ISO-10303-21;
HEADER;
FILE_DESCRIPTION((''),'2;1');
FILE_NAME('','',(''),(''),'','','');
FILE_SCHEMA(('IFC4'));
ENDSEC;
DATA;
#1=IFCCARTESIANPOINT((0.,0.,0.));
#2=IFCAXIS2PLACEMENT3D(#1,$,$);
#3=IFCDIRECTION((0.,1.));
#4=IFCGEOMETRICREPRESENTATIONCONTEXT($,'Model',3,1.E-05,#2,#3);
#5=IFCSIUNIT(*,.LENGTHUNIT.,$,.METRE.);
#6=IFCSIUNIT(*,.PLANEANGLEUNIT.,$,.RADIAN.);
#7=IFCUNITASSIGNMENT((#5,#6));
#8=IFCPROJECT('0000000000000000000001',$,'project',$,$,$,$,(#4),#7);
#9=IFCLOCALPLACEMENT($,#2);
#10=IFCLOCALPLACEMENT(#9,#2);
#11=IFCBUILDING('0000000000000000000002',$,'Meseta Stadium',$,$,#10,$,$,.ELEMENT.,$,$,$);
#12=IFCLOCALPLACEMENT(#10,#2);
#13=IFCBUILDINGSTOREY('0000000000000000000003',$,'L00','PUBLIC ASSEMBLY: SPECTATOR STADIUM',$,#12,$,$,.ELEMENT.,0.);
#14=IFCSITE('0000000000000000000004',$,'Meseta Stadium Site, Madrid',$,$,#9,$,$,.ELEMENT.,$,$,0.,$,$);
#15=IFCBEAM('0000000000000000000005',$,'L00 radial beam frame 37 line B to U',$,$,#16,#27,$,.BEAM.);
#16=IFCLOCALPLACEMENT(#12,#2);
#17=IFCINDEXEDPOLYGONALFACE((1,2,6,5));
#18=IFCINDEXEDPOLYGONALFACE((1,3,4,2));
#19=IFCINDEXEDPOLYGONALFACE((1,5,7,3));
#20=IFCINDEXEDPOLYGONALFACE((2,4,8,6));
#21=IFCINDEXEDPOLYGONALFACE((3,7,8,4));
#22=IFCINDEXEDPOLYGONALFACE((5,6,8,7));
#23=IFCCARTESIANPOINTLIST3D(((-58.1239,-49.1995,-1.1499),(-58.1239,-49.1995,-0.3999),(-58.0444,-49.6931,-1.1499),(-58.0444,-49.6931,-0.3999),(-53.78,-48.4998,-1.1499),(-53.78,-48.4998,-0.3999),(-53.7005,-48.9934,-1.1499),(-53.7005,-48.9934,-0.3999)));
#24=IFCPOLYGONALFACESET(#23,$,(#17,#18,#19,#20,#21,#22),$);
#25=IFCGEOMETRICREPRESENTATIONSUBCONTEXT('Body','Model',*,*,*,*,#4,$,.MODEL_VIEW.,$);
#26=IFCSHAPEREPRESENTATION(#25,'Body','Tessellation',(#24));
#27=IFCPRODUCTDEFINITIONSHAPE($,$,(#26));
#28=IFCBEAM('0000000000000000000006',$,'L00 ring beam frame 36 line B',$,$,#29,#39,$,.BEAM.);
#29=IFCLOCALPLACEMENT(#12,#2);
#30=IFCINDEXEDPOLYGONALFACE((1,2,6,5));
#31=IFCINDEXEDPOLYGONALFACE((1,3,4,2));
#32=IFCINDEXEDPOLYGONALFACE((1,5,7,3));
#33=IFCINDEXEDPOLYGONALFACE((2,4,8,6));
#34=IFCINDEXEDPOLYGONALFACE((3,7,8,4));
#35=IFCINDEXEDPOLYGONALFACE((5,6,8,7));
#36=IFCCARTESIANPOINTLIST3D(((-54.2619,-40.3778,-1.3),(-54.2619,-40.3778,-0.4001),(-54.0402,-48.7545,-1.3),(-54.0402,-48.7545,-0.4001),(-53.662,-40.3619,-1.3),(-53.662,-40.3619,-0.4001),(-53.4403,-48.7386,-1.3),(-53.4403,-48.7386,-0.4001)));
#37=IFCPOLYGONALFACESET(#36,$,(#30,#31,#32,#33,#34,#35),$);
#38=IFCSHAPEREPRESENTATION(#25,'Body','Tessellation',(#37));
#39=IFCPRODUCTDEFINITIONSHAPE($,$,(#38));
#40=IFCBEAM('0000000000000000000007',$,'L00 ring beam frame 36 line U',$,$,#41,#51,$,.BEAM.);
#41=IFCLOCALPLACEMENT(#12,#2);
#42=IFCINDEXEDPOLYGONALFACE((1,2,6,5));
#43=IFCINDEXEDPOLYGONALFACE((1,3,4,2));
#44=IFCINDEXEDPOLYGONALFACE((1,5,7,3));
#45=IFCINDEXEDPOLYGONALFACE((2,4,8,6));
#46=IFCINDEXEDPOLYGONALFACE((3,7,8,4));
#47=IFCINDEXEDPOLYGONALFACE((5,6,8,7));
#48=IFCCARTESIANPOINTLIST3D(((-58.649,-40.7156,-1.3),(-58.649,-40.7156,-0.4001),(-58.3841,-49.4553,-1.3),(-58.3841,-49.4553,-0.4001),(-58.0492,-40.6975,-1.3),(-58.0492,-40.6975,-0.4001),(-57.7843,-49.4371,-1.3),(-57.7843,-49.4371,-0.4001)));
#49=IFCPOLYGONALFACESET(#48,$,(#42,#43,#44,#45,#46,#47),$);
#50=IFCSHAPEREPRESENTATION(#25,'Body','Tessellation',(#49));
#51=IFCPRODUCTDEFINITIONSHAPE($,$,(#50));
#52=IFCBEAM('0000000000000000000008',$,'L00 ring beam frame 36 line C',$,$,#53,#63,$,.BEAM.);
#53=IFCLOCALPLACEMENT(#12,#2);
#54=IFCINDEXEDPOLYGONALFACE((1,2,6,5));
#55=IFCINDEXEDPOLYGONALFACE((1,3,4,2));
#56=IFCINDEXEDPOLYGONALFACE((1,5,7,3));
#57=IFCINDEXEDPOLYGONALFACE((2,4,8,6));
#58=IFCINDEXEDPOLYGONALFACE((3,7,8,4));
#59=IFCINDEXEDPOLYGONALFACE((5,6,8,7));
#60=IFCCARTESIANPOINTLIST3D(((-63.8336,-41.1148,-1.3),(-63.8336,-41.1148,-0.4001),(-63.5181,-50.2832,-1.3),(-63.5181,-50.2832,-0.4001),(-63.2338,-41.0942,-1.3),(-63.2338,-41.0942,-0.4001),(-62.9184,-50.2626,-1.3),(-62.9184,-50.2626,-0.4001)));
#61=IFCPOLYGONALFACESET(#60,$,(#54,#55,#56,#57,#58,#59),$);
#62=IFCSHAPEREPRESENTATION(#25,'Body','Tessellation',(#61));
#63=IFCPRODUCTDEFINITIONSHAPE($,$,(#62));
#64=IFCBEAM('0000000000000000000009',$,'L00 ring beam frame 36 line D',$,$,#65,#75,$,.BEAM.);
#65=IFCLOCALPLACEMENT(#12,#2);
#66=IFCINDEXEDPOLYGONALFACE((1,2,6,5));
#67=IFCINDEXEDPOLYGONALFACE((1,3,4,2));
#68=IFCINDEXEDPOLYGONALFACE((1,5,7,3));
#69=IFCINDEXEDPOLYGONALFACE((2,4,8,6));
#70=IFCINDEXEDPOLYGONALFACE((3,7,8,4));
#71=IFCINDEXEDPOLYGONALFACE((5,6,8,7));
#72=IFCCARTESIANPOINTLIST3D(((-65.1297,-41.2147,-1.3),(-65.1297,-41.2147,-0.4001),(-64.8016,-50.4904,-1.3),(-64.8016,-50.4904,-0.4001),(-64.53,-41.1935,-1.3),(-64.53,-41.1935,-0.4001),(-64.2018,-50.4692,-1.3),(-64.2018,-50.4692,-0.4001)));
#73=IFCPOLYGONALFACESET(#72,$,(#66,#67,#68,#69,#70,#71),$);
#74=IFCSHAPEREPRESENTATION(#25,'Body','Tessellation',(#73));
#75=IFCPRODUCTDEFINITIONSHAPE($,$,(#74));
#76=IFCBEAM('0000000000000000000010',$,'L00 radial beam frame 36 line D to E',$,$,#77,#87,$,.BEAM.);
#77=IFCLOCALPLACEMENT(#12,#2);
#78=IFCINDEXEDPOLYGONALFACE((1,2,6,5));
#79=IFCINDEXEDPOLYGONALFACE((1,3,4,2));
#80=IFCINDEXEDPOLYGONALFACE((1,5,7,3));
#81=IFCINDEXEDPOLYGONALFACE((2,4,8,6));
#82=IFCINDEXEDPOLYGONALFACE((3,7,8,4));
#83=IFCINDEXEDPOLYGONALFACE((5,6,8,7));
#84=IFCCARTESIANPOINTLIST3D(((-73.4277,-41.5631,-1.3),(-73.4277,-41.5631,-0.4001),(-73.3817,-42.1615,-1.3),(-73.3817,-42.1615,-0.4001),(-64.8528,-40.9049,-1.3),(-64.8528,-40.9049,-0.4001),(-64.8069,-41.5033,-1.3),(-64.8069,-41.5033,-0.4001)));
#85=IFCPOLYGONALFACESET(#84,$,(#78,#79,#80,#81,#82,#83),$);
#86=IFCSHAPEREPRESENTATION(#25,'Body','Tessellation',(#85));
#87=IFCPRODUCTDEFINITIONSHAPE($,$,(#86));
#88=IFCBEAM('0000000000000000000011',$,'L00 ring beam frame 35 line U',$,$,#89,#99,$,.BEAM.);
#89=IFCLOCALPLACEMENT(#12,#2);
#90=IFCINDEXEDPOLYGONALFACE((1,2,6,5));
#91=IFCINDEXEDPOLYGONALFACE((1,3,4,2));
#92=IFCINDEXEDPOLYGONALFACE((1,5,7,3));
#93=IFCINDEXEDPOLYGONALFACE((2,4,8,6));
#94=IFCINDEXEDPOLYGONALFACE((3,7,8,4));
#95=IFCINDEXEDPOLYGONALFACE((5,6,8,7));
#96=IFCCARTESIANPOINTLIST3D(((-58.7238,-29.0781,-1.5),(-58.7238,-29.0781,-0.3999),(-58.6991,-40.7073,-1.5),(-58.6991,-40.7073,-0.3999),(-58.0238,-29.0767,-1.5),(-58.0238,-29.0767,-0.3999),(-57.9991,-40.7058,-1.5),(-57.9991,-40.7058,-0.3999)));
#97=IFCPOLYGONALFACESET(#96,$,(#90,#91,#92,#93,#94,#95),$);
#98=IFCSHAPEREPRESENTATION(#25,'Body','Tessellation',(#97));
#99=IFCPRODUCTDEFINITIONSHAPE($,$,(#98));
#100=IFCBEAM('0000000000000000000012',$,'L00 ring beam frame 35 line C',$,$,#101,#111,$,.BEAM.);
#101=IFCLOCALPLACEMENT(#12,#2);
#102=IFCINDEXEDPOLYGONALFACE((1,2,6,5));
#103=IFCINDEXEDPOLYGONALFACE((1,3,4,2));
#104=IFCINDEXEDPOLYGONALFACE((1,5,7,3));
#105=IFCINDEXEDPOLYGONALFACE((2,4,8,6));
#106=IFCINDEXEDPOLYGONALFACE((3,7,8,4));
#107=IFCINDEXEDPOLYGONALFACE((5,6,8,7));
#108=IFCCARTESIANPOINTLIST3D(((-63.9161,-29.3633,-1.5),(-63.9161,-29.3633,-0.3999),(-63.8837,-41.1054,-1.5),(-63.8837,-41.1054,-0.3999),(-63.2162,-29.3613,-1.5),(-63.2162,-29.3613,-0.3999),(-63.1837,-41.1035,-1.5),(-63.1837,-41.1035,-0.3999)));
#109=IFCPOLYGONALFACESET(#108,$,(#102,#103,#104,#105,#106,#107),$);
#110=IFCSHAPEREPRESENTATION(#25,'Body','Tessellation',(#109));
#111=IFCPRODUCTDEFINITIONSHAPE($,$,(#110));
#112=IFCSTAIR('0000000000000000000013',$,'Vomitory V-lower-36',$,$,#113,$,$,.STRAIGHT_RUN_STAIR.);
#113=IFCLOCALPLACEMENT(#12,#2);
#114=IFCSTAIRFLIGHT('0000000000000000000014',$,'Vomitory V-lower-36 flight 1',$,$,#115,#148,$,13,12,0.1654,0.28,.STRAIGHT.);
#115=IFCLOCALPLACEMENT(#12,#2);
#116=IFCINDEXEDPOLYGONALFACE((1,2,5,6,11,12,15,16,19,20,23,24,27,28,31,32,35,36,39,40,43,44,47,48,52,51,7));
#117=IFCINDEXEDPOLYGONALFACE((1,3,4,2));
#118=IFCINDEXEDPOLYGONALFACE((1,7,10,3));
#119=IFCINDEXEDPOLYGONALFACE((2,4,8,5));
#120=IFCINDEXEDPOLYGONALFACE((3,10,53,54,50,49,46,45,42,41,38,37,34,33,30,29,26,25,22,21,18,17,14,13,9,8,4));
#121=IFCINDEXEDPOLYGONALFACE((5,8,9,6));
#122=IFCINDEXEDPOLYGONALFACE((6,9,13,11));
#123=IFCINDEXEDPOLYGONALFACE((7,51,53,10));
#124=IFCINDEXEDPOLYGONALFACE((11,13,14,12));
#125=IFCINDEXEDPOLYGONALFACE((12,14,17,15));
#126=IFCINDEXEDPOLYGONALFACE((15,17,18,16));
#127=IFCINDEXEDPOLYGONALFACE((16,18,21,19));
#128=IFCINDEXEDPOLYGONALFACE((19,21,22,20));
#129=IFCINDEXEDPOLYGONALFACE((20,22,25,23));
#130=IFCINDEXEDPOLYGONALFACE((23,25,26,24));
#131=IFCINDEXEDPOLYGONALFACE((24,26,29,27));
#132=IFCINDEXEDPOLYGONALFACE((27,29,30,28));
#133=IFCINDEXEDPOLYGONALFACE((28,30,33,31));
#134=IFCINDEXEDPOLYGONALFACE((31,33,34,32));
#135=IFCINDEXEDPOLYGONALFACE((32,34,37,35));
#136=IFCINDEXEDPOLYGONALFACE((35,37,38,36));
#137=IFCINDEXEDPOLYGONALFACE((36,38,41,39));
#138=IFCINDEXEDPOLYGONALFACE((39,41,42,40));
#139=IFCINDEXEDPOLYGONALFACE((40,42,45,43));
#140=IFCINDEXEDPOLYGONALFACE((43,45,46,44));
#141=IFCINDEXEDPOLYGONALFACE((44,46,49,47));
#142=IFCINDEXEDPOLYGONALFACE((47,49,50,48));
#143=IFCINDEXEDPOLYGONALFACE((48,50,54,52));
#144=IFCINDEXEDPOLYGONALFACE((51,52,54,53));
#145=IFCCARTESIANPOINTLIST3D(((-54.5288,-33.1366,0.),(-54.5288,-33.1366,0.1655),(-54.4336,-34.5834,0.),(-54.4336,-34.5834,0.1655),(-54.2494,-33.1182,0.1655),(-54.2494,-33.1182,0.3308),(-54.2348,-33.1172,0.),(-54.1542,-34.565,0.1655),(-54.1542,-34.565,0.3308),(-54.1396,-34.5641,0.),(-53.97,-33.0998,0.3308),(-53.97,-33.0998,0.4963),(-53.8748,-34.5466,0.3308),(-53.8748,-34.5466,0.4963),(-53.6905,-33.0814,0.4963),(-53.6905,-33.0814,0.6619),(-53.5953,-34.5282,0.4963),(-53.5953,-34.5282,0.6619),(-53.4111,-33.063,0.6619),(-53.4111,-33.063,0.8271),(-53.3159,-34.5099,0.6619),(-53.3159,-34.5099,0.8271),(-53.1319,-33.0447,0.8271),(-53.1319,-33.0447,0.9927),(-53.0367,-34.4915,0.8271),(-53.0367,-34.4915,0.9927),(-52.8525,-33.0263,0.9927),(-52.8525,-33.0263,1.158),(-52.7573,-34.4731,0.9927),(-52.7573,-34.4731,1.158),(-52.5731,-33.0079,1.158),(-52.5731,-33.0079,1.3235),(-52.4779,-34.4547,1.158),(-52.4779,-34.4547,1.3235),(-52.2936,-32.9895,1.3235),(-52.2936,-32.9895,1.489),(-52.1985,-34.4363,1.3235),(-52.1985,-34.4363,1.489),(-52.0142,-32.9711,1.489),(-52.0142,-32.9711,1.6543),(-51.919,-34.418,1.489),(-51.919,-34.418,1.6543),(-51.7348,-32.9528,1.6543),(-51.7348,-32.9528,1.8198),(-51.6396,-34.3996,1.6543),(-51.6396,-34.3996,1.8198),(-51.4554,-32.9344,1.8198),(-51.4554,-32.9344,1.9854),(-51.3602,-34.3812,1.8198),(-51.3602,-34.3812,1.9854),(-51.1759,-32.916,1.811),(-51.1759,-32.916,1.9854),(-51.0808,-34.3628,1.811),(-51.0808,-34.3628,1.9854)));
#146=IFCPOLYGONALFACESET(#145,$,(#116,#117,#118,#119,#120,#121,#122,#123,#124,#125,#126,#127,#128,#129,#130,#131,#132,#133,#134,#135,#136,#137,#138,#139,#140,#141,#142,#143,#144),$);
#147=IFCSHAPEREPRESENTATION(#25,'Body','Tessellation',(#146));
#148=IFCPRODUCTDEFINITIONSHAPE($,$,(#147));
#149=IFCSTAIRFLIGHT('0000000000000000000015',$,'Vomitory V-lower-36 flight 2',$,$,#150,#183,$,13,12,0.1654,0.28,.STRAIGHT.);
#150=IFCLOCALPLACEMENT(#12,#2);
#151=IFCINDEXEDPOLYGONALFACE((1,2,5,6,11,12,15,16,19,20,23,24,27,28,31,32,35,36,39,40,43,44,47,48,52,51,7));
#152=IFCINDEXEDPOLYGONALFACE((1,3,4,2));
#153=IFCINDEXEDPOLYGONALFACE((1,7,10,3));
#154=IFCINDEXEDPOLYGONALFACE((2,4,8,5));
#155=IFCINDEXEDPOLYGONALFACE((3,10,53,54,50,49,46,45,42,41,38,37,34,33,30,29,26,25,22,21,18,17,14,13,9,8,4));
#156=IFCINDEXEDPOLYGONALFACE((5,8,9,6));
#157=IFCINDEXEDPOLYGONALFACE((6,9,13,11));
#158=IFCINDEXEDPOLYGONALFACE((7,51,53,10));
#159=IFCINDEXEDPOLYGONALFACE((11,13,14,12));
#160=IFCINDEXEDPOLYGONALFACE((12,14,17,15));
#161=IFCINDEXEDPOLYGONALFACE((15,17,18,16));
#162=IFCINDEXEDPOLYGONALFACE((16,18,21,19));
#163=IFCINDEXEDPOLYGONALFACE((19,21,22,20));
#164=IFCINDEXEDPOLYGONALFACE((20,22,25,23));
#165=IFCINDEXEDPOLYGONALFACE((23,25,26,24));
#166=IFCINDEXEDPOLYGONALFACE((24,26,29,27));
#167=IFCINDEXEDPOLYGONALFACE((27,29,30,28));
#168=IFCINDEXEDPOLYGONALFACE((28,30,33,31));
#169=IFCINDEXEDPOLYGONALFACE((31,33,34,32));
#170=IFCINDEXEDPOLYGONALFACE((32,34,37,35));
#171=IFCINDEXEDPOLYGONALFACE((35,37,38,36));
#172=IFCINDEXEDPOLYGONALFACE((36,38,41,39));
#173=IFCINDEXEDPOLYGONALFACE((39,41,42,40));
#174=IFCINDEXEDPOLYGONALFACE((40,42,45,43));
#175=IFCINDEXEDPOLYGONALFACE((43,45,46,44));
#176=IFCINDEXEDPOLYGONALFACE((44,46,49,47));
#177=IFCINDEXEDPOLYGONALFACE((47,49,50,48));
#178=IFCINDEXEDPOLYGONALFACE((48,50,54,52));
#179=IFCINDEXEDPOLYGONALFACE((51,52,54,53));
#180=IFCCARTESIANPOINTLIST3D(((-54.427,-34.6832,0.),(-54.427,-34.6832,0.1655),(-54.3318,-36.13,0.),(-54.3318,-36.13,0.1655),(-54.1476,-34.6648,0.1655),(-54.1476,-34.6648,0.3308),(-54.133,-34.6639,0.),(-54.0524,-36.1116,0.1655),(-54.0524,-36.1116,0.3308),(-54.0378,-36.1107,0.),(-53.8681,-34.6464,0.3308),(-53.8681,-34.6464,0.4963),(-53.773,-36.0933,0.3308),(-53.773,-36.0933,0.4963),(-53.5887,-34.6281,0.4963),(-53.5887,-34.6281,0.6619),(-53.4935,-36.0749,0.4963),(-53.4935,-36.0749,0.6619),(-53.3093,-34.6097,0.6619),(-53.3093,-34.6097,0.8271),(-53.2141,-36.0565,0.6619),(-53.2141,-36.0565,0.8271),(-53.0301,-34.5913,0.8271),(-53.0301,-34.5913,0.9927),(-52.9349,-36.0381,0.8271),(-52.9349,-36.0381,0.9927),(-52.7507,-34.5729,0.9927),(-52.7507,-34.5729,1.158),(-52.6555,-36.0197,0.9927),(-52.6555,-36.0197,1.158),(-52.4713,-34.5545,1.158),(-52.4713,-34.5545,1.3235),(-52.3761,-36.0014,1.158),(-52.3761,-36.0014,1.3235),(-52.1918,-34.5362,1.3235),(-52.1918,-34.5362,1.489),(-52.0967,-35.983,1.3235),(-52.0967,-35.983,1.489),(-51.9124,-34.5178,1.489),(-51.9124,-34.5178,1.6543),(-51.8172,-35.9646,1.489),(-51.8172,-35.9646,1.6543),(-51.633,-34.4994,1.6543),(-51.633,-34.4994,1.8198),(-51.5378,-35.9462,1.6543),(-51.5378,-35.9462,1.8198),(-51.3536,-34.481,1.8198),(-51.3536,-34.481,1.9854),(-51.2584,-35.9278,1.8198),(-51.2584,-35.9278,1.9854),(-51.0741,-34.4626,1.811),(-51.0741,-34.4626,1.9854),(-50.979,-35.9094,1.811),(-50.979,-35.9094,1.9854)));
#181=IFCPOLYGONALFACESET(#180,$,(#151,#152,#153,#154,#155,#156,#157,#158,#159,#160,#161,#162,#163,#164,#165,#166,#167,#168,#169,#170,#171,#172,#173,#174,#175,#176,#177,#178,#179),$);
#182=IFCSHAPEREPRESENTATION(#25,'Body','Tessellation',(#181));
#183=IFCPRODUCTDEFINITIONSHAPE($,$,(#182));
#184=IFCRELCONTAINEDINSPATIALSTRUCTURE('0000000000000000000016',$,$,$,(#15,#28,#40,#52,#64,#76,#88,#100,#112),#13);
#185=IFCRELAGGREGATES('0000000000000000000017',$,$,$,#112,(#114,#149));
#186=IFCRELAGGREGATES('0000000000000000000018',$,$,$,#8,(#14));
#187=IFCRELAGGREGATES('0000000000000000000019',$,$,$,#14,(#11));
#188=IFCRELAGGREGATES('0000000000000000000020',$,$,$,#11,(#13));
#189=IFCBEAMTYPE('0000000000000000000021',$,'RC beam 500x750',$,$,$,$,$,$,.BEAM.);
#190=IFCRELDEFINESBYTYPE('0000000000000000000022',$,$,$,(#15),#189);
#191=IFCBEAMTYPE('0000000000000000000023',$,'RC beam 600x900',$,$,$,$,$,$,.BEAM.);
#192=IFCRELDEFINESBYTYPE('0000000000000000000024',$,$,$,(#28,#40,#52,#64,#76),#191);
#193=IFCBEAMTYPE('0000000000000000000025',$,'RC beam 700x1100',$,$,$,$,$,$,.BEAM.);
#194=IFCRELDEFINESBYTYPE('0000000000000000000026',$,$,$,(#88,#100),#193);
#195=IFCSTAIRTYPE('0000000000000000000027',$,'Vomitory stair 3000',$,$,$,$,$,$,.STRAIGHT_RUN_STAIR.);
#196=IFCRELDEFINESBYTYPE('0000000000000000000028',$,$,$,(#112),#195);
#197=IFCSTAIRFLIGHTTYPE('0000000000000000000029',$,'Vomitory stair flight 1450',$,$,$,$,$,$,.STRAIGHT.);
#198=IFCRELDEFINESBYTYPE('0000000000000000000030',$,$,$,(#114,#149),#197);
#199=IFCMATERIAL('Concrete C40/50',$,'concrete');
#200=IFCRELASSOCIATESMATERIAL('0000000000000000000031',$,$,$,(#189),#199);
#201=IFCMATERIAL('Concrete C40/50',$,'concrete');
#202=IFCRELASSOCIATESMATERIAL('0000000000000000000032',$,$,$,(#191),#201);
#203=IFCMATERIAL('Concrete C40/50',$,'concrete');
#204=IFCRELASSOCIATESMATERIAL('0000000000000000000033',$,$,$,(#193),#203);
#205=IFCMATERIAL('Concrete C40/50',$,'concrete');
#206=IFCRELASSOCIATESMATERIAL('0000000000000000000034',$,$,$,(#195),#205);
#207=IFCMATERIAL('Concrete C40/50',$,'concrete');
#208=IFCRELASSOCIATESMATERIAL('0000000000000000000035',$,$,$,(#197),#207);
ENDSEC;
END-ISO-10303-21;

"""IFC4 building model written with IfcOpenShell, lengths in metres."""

from ifc_helpers import new_model, si_unit, direction, frame, origin, origin_2d, place, context, subcontext, project, spatial, polyline, rectangle, outline, extrude, material, material_profile, profile_set, type_object, element, aggregate, save


model = new_model("IFC4")

# Units and contexts
model_context = context("Model", 3, precision=1e-05, world=origin(), true_north=direction((0.0, 1.0)))
body_context = subcontext(model_context, "Body", "Model", "MODEL_VIEW")
ifc_project = project(units=[si_unit("LENGTHUNIT", "METRE"), si_unit("PLANEANGLEUNIT", "RADIAN")], contexts=[model_context])

# Site, building, storey
site_placement = place(None, origin())
site = spatial("IfcSite", under=ifc_project, at=site_placement, Name="Meseta Stadium Site, Madrid", CompositionType="ELEMENT", RefElevation=0.0)
building_placement = place(site_placement, origin())
building = spatial("IfcBuilding", under=site, at=building_placement, Name="Meseta Stadium", CompositionType="ELEMENT")
storey_placement = place(building_placement, origin())
storey = spatial("IfcBuildingStorey", under=building, at=storey_placement, Name="L00", Description="PUBLIC ASSEMBLY: SPECTATOR STADIUM", CompositionType="ELEMENT", Elevation=0.0)

# Beams
ifc_material_1 = material(Name="Concrete C40/50", Category="concrete")
ifc_material_profile_1 = material_profile(ifc_material_1, rectangle(XDim=0.5, YDim=0.75, at=origin_2d()), Name="RC 500x750")
ifc_profile_set_1 = profile_set([ifc_material_profile_1], Name="Concrete C40/50")
beam_type_1 = type_object("IfcBeamType", Name="RC beam 500x750", PredefinedType="BEAM", material=ifc_profile_set_1)
beam_1_placement = place(storey_placement, frame((-53.7402, -48.7466, -0.7749), z_axis=(-0.987275, -0.159025, 0.0), x_axis=(0.159025, -0.987275, 0.0)))
element("IfcBeam", 1, at=beam_1_placement, inside=storey, type_object=beam_type_1, Name="L00 radial beam frame 37 line B to U", PredefinedType="BEAM", context=body_context, shape_type="SweptSolid", body=[
    extrude(rectangle(XDim=0.5, YDim=0.75, at=origin_2d()), origin(), (0.0, 0.0, 1.0), 4.3999),
])
ifc_material_2 = material(Name="Concrete C40/50", Category="concrete")
ifc_material_profile_2 = material_profile(ifc_material_2, rectangle(XDim=0.6001, YDim=0.8999, at=origin_2d()), Name="RC 600x900")
ifc_profile_set_2 = profile_set([ifc_material_profile_2], Name="Concrete C40/50")
beam_type_2 = type_object("IfcBeamType", Name="RC beam 600x900", PredefinedType="BEAM", material=ifc_profile_set_2)
beam_2_placement = place(storey_placement, frame((-53.9619, -40.3699, -0.8501), z_axis=(0.026455, -0.99965, 0.0), x_axis=(0.99965, 0.026455, 0.0)))
element("IfcBeam", 2, at=beam_2_placement, inside=storey, type_object=beam_type_2, Name="L00 ring beam frame 36 line B", PredefinedType="BEAM", context=body_context, shape_type="SweptSolid", body=[
    extrude(rectangle(XDim=0.6001, YDim=0.8999, at=origin_2d()), origin(), (0.0, 0.0, 1.0), 8.3796),
])
beam_3_placement = place(storey_placement, frame((-58.3491, -40.7065, -0.8501), z_axis=(0.030295, -0.999541, 0.0), x_axis=(0.999541, 0.030295, 0.0)))
element("IfcBeam", 3, at=beam_3_placement, inside=storey, type_object=beam_type_2, Name="L00 ring beam frame 36 line U", PredefinedType="BEAM", context=body_context, shape_type="SweptSolid", body=[
    extrude(rectangle(XDim=0.6001, YDim=0.8999, at=origin_2d()), origin(), (0.0, 0.0, 1.0), 8.7437),
])
beam_4_placement = place(storey_placement, frame((-63.5337, -41.1045, -0.8501), z_axis=(0.034383, -0.999409, 0.0), x_axis=(0.999409, 0.034383, 0.0)))
element("IfcBeam", 4, at=beam_4_placement, inside=storey, type_object=beam_type_2, Name="L00 ring beam frame 36 line C", PredefinedType="BEAM", context=body_context, shape_type="SweptSolid", body=[
    extrude(rectangle(XDim=0.6001, YDim=0.8999, at=origin_2d()), origin(), (0.0, 0.0, 1.0), 9.1738),
])
beam_5_placement = place(storey_placement, frame((-64.8298, -41.2041, -0.8501), z_axis=(0.035353, -0.999375, 0.0), x_axis=(0.999375, 0.035353, 0.0)))
element("IfcBeam", 5, at=beam_5_placement, inside=storey, type_object=beam_type_2, Name="L00 ring beam frame 36 line D", PredefinedType="BEAM", context=body_context, shape_type="SweptSolid", body=[
    extrude(rectangle(XDim=0.6001, YDim=0.8999, at=origin_2d()), origin(), (0.0, 0.0, 1.0), 9.2815),
])
beam_6_placement = place(storey_placement, frame((-64.8298, -41.2041, -0.8501), z_axis=(-0.997067, -0.076534, 0.0), x_axis=(0.076534, -0.997067, 0.0)))
element("IfcBeam", 6, at=beam_6_placement, inside=storey, type_object=beam_type_2, Name="L00 radial beam frame 36 line D to E", PredefinedType="BEAM", context=body_context, shape_type="SweptSolid", body=[
    extrude(rectangle(XDim=0.6001, YDim=0.8999, at=origin_2d()), origin(), (0.0, 0.0, 1.0), 8.6001),
])
ifc_material_3 = material(Name="Concrete C40/50", Category="concrete")
ifc_material_profile_3 = material_profile(ifc_material_3, rectangle(XDim=0.7, YDim=1.1001, at=origin_2d()), Name="RC 700x1100")
ifc_profile_set_3 = profile_set([ifc_material_profile_3], Name="Concrete C40/50")
beam_type_3 = type_object("IfcBeamType", Name="RC beam 700x1100", PredefinedType="BEAM", material=ifc_profile_set_3)
beam_7_placement = place(storey_placement, frame((-58.3738, -29.0774, -0.95), z_axis=(0.00212, -0.999998, 0.0), x_axis=(0.999998, 0.00212, 0.0)))
element("IfcBeam", 7, at=beam_7_placement, inside=storey, type_object=beam_type_3, Name="L00 ring beam frame 35 line U", PredefinedType="BEAM", context=body_context, shape_type="SweptSolid", body=[
    extrude(rectangle(XDim=0.7, YDim=1.1001, at=origin_2d()), origin(), (0.0, 0.0, 1.0), 11.6292),
])
beam_8_placement = place(storey_placement, frame((-63.5662, -29.3623, -0.95), z_axis=(0.002765, -0.999996, 0.0), x_axis=(0.999996, 0.002765, 0.0)))
element("IfcBeam", 8, at=beam_8_placement, inside=storey, type_object=beam_type_3, Name="L00 ring beam frame 35 line C", PredefinedType="BEAM", context=body_context, shape_type="SweptSolid", body=[
    extrude(rectangle(XDim=0.7, YDim=1.1001, at=origin_2d()), origin(), (0.0, 0.0, 1.0), 11.7422),
])

# Stair, stair flights
ifc_material_4 = material(Name="Concrete C40/50", Category="concrete")
stair_type = type_object("IfcStairType", Name="Vomitory stair 3000", PredefinedType="STRAIGHT_RUN_STAIR", material=ifc_material_4)
stair_1_placement = place(storey_placement, origin())
stair_1 = element("IfcStair", 9, at=stair_1_placement, inside=storey, type_object=stair_type, Name="Vomitory V-lower-36", PredefinedType="STRAIGHT_RUN_STAIR")
ifc_material_5 = material(Name="Concrete C40/50", Category="concrete")
stair_flight_type = type_object("IfcStairFlightType", Name="Vomitory stair flight 1450", PredefinedType="STRAIGHT", material=ifc_material_5)
stair_flight_1_placement = place(storey_placement, frame((-54.4812, -33.8601, 0.0), z_axis=(0.0, 0.0, 1.0), x_axis=(0.997843, 0.065647, 0.0)))
stair_flight_1 = element("IfcStairFlight", 10, at=stair_flight_1_placement, type_object=stair_flight_type, Name="Vomitory V-lower-36 flight 1", NumberOfRisers=13, NumberOfTreads=12, PredefinedType="STRAIGHT", RiserHeight=0.1654, TreadLength=0.28, context=body_context, shape_type="SweptSolid", body=[
    extrude(outline(polyline([(0.0, 0.0), (0.0, 0.1655), (0.28, 0.1655), (0.28, 0.3308), (0.5601, 0.3308), (0.5601, 0.4963), (0.8401, 0.4963), (0.8401, 0.6619), (1.1201, 0.6619), (1.1201, 0.8271), (1.3999, 0.8271), (1.3999, 0.9927), (1.6799, 0.9927), (1.6799, 1.158), (1.96, 1.158), (1.96, 1.3235), (2.24, 1.3235), (2.24, 1.489), (2.52, 1.489), (2.52, 1.6543), (2.8, 1.6543), (2.8, 1.8198), (3.0801, 1.8198), (3.0801, 1.9854), (3.3601, 1.9854), (3.3601, 1.811), (0.2947, 0.0), (0.0, 0.0)])), frame((0.0, 0.7251, 0.0), z_axis=(0.0, -1.0, 0.0), x_axis=(1.0, 0.0, 0.0)), (0.0, 0.0, 1.0), 1.45),
])
stair_flight_2_placement = place(storey_placement, frame((-54.3794, -35.4067, 0.0), z_axis=(0.0, 0.0, 1.0), x_axis=(0.997843, 0.065647, 0.0)))
stair_flight_2 = element("IfcStairFlight", 11, at=stair_flight_2_placement, type_object=stair_flight_type, Name="Vomitory V-lower-36 flight 2", NumberOfRisers=13, NumberOfTreads=12, PredefinedType="STRAIGHT", RiserHeight=0.1654, TreadLength=0.28, context=body_context, shape_type="SweptSolid", body=[
    extrude(outline(polyline([(0.0, 0.0), (0.0, 0.1655), (0.28, 0.1655), (0.28, 0.3308), (0.5601, 0.3308), (0.5601, 0.4963), (0.8401, 0.4963), (0.8401, 0.6619), (1.1201, 0.6619), (1.1201, 0.8271), (1.3999, 0.8271), (1.3999, 0.9927), (1.6799, 0.9927), (1.6799, 1.158), (1.96, 1.158), (1.96, 1.3235), (2.24, 1.3235), (2.24, 1.489), (2.52, 1.489), (2.52, 1.6543), (2.8, 1.6543), (2.8, 1.8198), (3.0801, 1.8198), (3.0801, 1.9854), (3.3601, 1.9854), (3.3601, 1.811), (0.2947, 0.0), (0.0, 0.0)])), frame((0.0, 0.7251, 0.0), z_axis=(0.0, -1.0, 0.0), x_axis=(1.0, 0.0, 0.0)), (0.0, 0.0, 1.0), 1.45),
])
aggregate(stair_1, [stair_flight_1, stair_flight_2])

save(model, "model.ifc")
